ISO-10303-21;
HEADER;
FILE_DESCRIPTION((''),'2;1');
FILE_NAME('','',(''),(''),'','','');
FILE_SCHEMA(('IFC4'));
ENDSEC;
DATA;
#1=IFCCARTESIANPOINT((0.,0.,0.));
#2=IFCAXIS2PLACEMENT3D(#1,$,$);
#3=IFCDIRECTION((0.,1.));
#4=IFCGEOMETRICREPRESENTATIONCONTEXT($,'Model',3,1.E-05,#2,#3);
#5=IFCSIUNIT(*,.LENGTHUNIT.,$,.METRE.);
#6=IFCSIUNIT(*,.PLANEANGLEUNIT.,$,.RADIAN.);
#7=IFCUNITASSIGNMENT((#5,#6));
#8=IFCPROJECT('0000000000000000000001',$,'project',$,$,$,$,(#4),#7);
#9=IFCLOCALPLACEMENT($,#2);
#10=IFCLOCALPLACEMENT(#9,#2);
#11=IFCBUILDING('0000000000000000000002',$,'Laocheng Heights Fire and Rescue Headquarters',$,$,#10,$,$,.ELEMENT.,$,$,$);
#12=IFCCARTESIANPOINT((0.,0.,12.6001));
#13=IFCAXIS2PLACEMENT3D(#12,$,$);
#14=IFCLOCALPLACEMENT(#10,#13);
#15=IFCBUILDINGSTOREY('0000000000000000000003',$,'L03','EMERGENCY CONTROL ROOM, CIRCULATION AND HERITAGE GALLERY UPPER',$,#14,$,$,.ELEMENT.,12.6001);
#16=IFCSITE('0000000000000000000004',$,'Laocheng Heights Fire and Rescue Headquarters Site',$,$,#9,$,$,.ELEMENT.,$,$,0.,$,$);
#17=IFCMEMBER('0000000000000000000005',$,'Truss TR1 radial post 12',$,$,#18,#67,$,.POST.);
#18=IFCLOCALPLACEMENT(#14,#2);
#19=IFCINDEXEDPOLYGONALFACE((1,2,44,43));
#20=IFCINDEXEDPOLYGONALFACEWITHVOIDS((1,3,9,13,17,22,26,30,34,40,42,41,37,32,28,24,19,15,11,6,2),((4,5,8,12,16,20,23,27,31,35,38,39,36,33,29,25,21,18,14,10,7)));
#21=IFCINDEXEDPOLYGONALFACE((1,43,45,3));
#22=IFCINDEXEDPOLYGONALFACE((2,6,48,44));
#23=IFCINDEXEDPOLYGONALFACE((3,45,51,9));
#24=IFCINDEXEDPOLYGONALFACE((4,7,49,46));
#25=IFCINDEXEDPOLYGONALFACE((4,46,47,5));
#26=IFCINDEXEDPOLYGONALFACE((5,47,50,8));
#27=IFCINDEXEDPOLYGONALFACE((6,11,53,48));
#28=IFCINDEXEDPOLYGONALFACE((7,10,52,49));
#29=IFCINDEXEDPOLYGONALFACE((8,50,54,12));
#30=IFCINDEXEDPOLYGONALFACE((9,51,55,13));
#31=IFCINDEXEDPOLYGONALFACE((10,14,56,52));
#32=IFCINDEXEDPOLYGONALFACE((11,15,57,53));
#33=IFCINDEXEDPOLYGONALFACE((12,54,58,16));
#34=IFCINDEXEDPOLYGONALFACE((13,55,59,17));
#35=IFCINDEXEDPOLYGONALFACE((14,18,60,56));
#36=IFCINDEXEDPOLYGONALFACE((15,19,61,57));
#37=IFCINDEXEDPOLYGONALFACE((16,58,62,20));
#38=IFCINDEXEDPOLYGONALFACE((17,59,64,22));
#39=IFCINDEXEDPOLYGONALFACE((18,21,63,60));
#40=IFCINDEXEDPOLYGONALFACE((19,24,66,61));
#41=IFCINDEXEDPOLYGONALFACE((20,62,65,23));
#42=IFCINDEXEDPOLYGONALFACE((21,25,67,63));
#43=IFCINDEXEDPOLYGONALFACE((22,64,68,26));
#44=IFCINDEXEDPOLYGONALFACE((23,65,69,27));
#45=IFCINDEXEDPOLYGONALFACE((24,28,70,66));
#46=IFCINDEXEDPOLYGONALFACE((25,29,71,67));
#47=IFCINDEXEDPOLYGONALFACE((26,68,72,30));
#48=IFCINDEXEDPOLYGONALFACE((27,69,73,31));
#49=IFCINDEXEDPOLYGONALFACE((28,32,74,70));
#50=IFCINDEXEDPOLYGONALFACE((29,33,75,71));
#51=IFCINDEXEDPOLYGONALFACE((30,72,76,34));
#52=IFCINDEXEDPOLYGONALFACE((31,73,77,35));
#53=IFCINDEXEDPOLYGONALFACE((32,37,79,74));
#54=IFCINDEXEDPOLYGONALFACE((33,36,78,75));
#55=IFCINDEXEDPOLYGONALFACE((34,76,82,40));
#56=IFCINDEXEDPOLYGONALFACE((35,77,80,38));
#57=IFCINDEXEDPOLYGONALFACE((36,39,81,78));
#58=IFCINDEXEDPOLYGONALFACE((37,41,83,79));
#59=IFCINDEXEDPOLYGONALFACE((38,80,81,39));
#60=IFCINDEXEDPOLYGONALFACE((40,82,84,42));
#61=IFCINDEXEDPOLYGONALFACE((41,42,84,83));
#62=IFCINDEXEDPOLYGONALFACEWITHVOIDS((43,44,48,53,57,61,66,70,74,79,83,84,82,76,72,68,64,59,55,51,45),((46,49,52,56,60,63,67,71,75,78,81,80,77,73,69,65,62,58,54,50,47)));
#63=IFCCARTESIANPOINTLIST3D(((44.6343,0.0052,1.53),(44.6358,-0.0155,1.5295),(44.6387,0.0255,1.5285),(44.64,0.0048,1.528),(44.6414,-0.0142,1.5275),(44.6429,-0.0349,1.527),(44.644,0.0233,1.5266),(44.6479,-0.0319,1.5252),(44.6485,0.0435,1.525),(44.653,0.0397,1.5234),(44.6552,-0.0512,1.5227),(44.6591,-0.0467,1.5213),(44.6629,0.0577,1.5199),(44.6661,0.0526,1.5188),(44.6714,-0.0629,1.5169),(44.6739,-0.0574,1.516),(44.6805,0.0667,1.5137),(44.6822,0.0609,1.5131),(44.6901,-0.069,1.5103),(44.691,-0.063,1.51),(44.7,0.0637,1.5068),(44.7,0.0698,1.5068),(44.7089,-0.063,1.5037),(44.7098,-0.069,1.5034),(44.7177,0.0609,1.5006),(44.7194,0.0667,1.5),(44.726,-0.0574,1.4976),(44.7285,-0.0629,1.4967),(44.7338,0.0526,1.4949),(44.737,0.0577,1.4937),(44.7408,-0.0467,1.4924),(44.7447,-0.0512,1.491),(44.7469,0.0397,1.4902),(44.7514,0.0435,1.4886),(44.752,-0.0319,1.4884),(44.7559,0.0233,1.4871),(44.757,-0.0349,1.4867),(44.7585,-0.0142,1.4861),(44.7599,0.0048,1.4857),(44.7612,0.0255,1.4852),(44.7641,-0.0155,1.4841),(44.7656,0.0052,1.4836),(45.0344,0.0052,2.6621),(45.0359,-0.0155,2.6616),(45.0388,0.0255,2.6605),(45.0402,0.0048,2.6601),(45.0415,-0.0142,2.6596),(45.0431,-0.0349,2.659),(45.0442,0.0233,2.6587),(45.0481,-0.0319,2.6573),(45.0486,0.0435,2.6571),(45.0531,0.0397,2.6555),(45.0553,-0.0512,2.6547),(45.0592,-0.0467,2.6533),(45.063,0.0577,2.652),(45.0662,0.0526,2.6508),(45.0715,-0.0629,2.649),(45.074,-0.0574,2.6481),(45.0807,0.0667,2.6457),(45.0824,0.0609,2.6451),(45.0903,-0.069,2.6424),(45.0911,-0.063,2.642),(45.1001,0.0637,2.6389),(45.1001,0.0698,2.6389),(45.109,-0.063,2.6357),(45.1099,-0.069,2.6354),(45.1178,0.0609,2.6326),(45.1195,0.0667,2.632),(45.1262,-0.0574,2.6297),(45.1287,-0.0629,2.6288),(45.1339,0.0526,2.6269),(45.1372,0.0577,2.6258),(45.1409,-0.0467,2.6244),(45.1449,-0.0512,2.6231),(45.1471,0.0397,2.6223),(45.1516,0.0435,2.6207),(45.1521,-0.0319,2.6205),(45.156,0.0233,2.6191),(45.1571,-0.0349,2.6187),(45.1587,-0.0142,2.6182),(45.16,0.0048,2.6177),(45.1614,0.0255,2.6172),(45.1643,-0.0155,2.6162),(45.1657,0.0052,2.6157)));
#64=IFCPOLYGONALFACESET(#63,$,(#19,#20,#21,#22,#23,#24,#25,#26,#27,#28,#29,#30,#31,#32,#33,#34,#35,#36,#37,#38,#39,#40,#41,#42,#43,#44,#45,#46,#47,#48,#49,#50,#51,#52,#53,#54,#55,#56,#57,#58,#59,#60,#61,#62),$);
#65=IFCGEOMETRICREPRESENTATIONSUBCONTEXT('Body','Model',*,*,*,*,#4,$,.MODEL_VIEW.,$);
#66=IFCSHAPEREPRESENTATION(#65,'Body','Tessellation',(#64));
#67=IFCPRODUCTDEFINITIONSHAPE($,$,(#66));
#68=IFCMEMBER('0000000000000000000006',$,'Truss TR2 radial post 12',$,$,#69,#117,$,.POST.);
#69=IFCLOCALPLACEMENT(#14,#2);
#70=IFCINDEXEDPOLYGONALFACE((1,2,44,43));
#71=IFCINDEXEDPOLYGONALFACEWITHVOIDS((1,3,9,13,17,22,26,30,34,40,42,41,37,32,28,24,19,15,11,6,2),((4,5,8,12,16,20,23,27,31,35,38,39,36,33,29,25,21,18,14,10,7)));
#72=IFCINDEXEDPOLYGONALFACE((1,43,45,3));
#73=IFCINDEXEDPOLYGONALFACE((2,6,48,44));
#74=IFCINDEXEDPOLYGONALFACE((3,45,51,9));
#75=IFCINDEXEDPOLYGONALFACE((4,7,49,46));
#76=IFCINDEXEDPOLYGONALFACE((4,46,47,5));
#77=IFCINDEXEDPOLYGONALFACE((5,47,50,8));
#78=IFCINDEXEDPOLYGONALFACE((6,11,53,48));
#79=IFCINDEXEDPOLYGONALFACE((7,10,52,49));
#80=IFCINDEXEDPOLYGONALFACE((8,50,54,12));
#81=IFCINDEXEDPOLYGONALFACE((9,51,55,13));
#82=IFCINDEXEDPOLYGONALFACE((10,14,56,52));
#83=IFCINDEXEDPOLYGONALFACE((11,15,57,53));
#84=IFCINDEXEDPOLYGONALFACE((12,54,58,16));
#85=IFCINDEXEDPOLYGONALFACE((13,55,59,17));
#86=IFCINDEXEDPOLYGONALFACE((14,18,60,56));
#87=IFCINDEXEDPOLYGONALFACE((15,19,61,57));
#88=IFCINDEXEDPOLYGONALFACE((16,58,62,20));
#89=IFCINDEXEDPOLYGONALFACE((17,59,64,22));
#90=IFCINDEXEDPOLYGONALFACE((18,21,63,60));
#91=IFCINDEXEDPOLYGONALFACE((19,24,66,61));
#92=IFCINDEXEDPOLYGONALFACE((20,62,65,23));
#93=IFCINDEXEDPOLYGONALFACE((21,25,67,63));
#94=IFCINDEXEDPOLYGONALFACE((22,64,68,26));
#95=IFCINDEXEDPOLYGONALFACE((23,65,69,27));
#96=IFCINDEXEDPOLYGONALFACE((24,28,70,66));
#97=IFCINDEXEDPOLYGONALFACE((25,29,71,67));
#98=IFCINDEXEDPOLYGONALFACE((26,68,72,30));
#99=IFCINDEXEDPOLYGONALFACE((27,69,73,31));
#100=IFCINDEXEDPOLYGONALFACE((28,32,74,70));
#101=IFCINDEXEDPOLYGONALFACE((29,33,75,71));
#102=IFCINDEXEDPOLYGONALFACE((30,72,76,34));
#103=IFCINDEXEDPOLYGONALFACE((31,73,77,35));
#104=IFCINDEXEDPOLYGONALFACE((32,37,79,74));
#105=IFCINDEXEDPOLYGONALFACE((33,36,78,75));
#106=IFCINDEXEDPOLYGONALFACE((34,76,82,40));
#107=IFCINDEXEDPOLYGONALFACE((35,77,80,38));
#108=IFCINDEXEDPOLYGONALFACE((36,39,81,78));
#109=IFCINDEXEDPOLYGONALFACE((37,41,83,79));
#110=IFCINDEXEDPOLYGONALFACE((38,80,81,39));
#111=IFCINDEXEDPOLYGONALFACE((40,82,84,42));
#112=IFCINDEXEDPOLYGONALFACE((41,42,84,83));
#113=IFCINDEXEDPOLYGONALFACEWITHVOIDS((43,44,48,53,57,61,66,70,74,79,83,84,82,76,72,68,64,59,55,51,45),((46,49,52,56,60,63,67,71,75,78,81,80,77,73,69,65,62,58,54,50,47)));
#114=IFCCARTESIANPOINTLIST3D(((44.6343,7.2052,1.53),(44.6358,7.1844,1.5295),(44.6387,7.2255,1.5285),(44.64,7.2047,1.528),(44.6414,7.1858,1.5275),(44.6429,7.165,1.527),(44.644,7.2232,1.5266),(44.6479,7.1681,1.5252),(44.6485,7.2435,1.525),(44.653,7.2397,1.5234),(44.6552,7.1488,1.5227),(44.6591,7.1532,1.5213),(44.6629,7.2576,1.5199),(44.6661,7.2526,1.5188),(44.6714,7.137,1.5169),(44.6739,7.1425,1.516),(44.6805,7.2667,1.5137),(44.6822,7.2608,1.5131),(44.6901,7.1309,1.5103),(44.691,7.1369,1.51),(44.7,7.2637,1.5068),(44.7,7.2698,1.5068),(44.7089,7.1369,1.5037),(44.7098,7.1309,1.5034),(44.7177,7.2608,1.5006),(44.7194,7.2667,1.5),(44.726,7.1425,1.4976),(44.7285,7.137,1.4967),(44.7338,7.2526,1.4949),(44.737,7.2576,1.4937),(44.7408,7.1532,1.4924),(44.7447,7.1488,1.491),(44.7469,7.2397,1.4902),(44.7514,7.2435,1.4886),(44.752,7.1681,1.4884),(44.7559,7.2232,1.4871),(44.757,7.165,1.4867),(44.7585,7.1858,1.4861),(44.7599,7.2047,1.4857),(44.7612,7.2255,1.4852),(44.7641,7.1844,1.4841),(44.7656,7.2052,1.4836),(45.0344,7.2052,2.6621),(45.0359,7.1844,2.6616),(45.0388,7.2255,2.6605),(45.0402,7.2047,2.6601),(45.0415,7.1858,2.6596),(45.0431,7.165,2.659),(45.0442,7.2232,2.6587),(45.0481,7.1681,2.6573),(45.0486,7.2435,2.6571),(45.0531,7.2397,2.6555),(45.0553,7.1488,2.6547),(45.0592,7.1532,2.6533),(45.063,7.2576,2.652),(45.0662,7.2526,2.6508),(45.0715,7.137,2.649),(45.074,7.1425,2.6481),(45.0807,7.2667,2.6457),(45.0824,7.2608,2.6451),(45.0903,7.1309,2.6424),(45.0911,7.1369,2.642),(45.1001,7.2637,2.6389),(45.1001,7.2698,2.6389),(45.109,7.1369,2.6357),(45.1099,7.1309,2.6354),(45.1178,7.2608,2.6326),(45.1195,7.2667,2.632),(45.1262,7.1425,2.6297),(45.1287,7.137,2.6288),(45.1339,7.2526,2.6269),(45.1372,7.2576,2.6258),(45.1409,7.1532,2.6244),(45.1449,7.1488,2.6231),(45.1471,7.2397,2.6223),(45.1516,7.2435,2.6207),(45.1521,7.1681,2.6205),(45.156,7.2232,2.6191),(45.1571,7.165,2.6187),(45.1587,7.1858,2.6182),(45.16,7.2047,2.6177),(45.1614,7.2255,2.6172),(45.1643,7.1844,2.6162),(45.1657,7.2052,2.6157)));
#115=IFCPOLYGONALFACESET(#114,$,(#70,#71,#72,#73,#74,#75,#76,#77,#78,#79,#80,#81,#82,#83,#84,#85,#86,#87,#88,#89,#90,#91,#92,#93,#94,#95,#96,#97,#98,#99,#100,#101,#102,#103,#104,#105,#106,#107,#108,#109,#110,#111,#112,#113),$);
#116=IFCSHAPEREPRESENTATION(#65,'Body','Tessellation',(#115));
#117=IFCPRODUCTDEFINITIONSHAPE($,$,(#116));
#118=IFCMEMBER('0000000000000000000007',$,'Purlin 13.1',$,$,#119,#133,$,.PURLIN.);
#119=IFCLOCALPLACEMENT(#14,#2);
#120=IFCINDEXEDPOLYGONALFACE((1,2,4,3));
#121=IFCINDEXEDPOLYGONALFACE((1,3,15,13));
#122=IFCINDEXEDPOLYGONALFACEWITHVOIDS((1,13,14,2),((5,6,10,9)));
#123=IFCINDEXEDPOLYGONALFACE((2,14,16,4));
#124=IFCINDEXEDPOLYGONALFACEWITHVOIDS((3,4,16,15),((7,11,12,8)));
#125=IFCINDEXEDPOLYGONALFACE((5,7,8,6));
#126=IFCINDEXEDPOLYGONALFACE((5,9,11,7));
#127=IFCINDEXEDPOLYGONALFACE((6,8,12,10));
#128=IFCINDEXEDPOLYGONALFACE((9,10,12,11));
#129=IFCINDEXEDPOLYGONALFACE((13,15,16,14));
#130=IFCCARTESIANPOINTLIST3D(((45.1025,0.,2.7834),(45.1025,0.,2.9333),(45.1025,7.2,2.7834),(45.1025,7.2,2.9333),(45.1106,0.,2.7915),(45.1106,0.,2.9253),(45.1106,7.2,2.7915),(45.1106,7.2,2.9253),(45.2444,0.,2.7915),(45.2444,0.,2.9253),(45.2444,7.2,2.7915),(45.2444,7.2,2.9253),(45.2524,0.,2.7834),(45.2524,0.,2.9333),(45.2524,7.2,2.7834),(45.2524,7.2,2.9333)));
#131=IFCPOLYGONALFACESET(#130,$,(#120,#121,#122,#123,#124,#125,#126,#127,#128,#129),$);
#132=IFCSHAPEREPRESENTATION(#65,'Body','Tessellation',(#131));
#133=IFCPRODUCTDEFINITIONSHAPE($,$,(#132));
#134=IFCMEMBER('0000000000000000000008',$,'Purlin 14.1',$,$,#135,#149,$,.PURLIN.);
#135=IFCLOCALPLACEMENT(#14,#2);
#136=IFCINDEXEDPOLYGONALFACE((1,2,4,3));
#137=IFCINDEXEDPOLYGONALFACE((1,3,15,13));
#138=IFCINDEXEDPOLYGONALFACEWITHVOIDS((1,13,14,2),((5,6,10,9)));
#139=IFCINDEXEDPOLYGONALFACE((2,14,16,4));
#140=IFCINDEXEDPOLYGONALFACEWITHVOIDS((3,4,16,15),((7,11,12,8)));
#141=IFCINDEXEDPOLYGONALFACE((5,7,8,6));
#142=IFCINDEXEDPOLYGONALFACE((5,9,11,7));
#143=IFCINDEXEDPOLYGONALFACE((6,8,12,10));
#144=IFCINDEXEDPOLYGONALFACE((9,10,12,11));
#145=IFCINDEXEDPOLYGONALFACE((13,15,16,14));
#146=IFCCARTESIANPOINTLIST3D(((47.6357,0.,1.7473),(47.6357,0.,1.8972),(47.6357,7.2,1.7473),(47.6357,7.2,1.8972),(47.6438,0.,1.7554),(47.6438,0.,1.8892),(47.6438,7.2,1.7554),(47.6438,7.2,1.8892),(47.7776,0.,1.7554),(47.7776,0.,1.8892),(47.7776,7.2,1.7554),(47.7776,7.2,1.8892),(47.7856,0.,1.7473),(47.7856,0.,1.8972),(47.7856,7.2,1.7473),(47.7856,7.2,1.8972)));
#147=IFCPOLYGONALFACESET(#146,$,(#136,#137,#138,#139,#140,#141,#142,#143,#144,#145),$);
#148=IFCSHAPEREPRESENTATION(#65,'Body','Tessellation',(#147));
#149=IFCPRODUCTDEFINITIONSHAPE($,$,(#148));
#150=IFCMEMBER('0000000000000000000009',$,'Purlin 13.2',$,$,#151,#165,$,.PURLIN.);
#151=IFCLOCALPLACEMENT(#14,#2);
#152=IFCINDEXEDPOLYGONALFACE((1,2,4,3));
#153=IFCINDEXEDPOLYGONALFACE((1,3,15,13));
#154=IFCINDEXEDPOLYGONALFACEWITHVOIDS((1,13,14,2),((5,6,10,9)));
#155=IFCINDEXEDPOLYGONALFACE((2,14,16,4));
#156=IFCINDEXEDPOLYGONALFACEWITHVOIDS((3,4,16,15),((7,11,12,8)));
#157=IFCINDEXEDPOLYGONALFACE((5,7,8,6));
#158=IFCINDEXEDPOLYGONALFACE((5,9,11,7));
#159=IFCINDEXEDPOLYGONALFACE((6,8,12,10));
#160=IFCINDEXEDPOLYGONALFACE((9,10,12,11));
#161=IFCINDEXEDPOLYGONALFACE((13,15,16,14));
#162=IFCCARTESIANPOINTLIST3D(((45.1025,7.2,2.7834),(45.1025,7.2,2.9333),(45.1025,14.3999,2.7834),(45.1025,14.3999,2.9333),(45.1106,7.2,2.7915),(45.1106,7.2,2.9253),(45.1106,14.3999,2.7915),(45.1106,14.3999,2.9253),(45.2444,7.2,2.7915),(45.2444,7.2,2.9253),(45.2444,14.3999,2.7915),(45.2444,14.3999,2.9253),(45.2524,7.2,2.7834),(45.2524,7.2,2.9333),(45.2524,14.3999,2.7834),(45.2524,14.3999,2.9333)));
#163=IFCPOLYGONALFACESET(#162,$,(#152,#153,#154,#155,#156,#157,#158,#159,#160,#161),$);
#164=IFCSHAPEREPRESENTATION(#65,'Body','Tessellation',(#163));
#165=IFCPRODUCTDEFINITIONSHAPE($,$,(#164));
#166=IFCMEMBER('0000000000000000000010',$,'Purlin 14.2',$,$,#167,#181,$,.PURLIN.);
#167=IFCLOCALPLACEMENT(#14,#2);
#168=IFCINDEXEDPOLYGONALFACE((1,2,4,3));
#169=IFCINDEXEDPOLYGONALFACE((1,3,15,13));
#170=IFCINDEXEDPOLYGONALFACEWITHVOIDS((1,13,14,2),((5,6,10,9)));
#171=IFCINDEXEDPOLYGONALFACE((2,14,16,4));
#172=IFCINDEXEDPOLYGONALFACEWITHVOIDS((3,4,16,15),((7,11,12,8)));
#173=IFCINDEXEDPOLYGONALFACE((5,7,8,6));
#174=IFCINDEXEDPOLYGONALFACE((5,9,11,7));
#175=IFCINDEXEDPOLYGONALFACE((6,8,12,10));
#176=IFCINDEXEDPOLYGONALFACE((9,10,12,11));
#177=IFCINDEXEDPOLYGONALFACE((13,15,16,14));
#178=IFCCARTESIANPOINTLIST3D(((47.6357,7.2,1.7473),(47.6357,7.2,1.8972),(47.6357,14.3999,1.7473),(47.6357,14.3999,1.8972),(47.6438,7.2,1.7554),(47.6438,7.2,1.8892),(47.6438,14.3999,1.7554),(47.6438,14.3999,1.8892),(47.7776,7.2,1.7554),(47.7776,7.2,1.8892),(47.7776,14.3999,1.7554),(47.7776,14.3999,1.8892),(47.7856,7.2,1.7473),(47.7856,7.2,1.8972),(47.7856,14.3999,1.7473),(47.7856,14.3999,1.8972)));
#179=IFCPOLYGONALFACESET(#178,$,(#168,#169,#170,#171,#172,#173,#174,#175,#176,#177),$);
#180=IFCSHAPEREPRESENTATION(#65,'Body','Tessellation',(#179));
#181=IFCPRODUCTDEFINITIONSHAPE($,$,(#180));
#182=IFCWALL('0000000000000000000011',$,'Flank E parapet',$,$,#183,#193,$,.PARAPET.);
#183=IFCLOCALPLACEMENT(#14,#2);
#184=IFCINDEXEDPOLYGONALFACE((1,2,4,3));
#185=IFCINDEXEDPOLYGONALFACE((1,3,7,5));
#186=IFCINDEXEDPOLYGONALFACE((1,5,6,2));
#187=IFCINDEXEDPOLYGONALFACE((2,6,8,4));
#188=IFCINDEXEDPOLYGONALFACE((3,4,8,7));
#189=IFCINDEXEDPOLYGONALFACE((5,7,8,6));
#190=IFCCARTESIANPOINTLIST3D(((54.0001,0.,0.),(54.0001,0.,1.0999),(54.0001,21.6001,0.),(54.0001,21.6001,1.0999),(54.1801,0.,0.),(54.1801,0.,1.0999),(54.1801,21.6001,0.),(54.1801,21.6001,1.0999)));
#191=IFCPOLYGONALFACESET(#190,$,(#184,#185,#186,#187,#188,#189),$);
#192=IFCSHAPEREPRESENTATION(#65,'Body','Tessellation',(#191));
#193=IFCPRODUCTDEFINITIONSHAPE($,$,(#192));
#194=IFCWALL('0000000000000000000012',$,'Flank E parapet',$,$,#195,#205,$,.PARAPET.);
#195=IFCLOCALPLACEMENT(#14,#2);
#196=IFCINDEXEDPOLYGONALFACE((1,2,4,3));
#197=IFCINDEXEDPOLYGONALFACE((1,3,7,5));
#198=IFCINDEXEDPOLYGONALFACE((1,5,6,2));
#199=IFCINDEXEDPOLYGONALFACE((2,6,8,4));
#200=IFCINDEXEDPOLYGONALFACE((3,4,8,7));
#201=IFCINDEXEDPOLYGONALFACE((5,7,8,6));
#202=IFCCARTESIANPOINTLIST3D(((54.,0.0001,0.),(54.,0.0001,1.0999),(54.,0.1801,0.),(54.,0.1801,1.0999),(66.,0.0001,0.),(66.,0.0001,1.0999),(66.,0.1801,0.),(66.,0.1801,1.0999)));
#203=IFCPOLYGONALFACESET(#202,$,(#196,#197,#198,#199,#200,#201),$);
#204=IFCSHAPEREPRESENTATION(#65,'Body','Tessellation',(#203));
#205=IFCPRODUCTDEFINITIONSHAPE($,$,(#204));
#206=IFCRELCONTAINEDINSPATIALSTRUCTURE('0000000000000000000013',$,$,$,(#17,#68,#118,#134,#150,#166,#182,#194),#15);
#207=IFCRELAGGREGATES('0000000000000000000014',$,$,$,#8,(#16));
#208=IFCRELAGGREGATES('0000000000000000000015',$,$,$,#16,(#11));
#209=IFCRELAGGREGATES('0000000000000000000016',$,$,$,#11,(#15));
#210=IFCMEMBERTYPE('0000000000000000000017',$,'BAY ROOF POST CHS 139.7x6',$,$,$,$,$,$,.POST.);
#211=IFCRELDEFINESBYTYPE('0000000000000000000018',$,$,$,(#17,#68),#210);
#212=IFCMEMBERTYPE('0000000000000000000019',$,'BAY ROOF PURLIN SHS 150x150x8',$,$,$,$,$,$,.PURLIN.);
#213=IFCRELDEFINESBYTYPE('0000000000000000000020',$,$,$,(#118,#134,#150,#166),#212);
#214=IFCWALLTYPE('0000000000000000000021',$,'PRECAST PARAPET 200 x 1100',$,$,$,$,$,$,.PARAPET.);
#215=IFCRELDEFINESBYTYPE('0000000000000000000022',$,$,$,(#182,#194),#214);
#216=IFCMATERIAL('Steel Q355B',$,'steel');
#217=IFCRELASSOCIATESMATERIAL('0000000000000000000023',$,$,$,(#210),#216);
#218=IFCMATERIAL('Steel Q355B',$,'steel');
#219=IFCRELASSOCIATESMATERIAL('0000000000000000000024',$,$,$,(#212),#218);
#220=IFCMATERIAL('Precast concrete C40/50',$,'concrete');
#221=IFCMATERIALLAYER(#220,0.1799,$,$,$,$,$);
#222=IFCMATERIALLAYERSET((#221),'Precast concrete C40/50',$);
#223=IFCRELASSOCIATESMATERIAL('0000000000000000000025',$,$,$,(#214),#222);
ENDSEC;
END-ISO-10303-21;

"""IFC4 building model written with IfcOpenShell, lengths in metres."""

from ifc_helpers import new_model, si_unit, direction, frame, frame_2d, origin, origin_2d, place, context, subcontext, project, spatial, rectangle, hollow_rectangle, hollow_circle, extrude, material, layer, layer_set, material_profile, profile_set, type_object, element, save


model = new_model("IFC4")

# Units and contexts
model_context = context("Model", 3, precision=1e-05, world=origin(), true_north=direction((0.0, 1.0)))
body_context = subcontext(model_context, "Body", "Model", "MODEL_VIEW")
ifc_project = project(units=[si_unit("LENGTHUNIT", "METRE"), si_unit("PLANEANGLEUNIT", "RADIAN")], contexts=[model_context])

# Site, building, storey
site_placement = place(None, origin())
site = spatial("IfcSite", under=ifc_project, at=site_placement, Name="Laocheng Heights Fire and Rescue Headquarters Site", CompositionType="ELEMENT", RefElevation=0.0)
building_placement = place(site_placement, origin())
building = spatial("IfcBuilding", under=site, at=building_placement, Name="Laocheng Heights Fire and Rescue Headquarters", CompositionType="ELEMENT")
storey_placement = place(building_placement, frame((0.0, 0.0, 12.6001)))
storey = spatial("IfcBuildingStorey", under=building, at=storey_placement, Name="L03", Description="EMERGENCY CONTROL ROOM, CIRCULATION AND HERITAGE GALLERY UPPER", CompositionType="ELEMENT", Elevation=12.6001)

# Members
ifc_material_1 = material(Name="Steel Q355B", Category="steel")
ifc_material_profile_1 = material_profile(ifc_material_1, hollow_circle(Radius=0.0698, WallThickness=0.0061, at=origin_2d()), Name="CHS 139.7x6")
ifc_profile_set_1 = profile_set([ifc_material_profile_1], Name="Steel Q355B")
member_type_1 = type_object("IfcMemberType", Name="BAY ROOF POST CHS 139.7x6", PredefinedType="POST", material=ifc_profile_set_1)
for number, where, z_axis, x_axis, name in (
    (1, (44.7, 0.0, 1.5068), (0.333256, 0.0, 0.942836), (0.0, 1.0, 0.0), "Truss TR1 radial post 12"),
    (2, (44.7, 7.2, 1.5068), (0.333256, 0.0, 0.942836), (0.0, 1.0, 0.0), "Truss TR2 radial post 12"),
):
    element("IfcMember", number, at=place(storey_placement, frame(where, z_axis=z_axis, x_axis=x_axis)), inside=storey, type_object=member_type_1, Name=name, PredefinedType="POST", context=body_context, shape_type="SweptSolid", body=[
        extrude(hollow_circle(Radius=0.0698, WallThickness=0.0061, at=origin_2d()), origin(), (0.0, 0.0, 1.0), 1.2007),
    ])
ifc_material_2 = material(Name="Steel Q355B", Category="steel")
ifc_material_profile_2 = material_profile(ifc_material_2, hollow_rectangle(XDim=0.1499, YDim=0.1499, WallThickness=0.0081, at=origin_2d()), Name="SHS 150x150x8")
ifc_profile_set_2 = profile_set([ifc_material_profile_2], Name="Steel Q355B")
member_type_2 = type_object("IfcMemberType", Name="BAY ROOF PURLIN SHS 150x150x8", PredefinedType="PURLIN", material=ifc_profile_set_2)
for number, where, z_axis, x_axis, name in (
    (3, (45.1775, 0.0, 2.8584), (0.0, 1.0, 0.0), (-1.0, 0.0, 0.0), "Purlin 13.1"),
    (4, (47.7107, 0.0, 1.8223), (0.0, 1.0, 0.0), (-1.0, 0.0, 0.0), "Purlin 14.1"),
    (5, (45.1775, 7.2, 2.8584), (0.0, 1.0, 0.0), (-1.0, 0.0, 0.0), "Purlin 13.2"),
    (6, (47.7107, 7.2, 1.8223), (0.0, 1.0, 0.0), (-1.0, 0.0, 0.0), "Purlin 14.2"),
):
    element("IfcMember", number, at=place(storey_placement, frame(where, z_axis=z_axis, x_axis=x_axis)), inside=storey, type_object=member_type_2, Name=name, PredefinedType="PURLIN", context=body_context, shape_type="SweptSolid", body=[
        extrude(hollow_rectangle(XDim=0.1499, YDim=0.1499, WallThickness=0.0081, at=origin_2d()), origin(), (0.0, 0.0, 1.0), 7.2),
    ])

# Walls
ifc_material_3 = material(Name="Precast concrete C40/50", Category="concrete")
ifc_layer_1 = layer(ifc_material_3, 0.1799)
ifc_layer_set_1 = layer_set([ifc_layer_1], Name="Precast concrete C40/50")
wall_type = type_object("IfcWallType", Name="PRECAST PARAPET 200 x 1100", PredefinedType="PARAPET", material=ifc_layer_set_1)
wall_1_placement = place(storey_placement, frame((54.0901, 0.0, 0.0), z_axis=(0.0, 0.0, 1.0), x_axis=(0.0, 1.0, 0.0)))
element("IfcWall", 7, at=wall_1_placement, inside=storey, type_object=wall_type, Name="Flank E parapet", PredefinedType="PARAPET", context=body_context, shape_type="SweptSolid", body=[
    extrude(rectangle(XDim=21.6001, YDim=0.1799, at=frame_2d((10.8, 0.0))), origin(), (0.0, 0.0, 1.0), 1.0999),
])
wall_2_placement = place(storey_placement, frame((54.0, 0.0901, 0.0), z_axis=(0.0, 0.0, 1.0), x_axis=(1.0, 0.0, 0.0)))
element("IfcWall", 8, at=wall_2_placement, inside=storey, type_object=wall_type, Name="Flank E parapet", PredefinedType="PARAPET", context=body_context, shape_type="SweptSolid", body=[
    extrude(rectangle(XDim=12.0, YDim=0.1799, at=frame_2d((6.0, 0.0))), origin(), (0.0, 0.0, 1.0), 1.0999),
])

save(model, "model.ifc")
